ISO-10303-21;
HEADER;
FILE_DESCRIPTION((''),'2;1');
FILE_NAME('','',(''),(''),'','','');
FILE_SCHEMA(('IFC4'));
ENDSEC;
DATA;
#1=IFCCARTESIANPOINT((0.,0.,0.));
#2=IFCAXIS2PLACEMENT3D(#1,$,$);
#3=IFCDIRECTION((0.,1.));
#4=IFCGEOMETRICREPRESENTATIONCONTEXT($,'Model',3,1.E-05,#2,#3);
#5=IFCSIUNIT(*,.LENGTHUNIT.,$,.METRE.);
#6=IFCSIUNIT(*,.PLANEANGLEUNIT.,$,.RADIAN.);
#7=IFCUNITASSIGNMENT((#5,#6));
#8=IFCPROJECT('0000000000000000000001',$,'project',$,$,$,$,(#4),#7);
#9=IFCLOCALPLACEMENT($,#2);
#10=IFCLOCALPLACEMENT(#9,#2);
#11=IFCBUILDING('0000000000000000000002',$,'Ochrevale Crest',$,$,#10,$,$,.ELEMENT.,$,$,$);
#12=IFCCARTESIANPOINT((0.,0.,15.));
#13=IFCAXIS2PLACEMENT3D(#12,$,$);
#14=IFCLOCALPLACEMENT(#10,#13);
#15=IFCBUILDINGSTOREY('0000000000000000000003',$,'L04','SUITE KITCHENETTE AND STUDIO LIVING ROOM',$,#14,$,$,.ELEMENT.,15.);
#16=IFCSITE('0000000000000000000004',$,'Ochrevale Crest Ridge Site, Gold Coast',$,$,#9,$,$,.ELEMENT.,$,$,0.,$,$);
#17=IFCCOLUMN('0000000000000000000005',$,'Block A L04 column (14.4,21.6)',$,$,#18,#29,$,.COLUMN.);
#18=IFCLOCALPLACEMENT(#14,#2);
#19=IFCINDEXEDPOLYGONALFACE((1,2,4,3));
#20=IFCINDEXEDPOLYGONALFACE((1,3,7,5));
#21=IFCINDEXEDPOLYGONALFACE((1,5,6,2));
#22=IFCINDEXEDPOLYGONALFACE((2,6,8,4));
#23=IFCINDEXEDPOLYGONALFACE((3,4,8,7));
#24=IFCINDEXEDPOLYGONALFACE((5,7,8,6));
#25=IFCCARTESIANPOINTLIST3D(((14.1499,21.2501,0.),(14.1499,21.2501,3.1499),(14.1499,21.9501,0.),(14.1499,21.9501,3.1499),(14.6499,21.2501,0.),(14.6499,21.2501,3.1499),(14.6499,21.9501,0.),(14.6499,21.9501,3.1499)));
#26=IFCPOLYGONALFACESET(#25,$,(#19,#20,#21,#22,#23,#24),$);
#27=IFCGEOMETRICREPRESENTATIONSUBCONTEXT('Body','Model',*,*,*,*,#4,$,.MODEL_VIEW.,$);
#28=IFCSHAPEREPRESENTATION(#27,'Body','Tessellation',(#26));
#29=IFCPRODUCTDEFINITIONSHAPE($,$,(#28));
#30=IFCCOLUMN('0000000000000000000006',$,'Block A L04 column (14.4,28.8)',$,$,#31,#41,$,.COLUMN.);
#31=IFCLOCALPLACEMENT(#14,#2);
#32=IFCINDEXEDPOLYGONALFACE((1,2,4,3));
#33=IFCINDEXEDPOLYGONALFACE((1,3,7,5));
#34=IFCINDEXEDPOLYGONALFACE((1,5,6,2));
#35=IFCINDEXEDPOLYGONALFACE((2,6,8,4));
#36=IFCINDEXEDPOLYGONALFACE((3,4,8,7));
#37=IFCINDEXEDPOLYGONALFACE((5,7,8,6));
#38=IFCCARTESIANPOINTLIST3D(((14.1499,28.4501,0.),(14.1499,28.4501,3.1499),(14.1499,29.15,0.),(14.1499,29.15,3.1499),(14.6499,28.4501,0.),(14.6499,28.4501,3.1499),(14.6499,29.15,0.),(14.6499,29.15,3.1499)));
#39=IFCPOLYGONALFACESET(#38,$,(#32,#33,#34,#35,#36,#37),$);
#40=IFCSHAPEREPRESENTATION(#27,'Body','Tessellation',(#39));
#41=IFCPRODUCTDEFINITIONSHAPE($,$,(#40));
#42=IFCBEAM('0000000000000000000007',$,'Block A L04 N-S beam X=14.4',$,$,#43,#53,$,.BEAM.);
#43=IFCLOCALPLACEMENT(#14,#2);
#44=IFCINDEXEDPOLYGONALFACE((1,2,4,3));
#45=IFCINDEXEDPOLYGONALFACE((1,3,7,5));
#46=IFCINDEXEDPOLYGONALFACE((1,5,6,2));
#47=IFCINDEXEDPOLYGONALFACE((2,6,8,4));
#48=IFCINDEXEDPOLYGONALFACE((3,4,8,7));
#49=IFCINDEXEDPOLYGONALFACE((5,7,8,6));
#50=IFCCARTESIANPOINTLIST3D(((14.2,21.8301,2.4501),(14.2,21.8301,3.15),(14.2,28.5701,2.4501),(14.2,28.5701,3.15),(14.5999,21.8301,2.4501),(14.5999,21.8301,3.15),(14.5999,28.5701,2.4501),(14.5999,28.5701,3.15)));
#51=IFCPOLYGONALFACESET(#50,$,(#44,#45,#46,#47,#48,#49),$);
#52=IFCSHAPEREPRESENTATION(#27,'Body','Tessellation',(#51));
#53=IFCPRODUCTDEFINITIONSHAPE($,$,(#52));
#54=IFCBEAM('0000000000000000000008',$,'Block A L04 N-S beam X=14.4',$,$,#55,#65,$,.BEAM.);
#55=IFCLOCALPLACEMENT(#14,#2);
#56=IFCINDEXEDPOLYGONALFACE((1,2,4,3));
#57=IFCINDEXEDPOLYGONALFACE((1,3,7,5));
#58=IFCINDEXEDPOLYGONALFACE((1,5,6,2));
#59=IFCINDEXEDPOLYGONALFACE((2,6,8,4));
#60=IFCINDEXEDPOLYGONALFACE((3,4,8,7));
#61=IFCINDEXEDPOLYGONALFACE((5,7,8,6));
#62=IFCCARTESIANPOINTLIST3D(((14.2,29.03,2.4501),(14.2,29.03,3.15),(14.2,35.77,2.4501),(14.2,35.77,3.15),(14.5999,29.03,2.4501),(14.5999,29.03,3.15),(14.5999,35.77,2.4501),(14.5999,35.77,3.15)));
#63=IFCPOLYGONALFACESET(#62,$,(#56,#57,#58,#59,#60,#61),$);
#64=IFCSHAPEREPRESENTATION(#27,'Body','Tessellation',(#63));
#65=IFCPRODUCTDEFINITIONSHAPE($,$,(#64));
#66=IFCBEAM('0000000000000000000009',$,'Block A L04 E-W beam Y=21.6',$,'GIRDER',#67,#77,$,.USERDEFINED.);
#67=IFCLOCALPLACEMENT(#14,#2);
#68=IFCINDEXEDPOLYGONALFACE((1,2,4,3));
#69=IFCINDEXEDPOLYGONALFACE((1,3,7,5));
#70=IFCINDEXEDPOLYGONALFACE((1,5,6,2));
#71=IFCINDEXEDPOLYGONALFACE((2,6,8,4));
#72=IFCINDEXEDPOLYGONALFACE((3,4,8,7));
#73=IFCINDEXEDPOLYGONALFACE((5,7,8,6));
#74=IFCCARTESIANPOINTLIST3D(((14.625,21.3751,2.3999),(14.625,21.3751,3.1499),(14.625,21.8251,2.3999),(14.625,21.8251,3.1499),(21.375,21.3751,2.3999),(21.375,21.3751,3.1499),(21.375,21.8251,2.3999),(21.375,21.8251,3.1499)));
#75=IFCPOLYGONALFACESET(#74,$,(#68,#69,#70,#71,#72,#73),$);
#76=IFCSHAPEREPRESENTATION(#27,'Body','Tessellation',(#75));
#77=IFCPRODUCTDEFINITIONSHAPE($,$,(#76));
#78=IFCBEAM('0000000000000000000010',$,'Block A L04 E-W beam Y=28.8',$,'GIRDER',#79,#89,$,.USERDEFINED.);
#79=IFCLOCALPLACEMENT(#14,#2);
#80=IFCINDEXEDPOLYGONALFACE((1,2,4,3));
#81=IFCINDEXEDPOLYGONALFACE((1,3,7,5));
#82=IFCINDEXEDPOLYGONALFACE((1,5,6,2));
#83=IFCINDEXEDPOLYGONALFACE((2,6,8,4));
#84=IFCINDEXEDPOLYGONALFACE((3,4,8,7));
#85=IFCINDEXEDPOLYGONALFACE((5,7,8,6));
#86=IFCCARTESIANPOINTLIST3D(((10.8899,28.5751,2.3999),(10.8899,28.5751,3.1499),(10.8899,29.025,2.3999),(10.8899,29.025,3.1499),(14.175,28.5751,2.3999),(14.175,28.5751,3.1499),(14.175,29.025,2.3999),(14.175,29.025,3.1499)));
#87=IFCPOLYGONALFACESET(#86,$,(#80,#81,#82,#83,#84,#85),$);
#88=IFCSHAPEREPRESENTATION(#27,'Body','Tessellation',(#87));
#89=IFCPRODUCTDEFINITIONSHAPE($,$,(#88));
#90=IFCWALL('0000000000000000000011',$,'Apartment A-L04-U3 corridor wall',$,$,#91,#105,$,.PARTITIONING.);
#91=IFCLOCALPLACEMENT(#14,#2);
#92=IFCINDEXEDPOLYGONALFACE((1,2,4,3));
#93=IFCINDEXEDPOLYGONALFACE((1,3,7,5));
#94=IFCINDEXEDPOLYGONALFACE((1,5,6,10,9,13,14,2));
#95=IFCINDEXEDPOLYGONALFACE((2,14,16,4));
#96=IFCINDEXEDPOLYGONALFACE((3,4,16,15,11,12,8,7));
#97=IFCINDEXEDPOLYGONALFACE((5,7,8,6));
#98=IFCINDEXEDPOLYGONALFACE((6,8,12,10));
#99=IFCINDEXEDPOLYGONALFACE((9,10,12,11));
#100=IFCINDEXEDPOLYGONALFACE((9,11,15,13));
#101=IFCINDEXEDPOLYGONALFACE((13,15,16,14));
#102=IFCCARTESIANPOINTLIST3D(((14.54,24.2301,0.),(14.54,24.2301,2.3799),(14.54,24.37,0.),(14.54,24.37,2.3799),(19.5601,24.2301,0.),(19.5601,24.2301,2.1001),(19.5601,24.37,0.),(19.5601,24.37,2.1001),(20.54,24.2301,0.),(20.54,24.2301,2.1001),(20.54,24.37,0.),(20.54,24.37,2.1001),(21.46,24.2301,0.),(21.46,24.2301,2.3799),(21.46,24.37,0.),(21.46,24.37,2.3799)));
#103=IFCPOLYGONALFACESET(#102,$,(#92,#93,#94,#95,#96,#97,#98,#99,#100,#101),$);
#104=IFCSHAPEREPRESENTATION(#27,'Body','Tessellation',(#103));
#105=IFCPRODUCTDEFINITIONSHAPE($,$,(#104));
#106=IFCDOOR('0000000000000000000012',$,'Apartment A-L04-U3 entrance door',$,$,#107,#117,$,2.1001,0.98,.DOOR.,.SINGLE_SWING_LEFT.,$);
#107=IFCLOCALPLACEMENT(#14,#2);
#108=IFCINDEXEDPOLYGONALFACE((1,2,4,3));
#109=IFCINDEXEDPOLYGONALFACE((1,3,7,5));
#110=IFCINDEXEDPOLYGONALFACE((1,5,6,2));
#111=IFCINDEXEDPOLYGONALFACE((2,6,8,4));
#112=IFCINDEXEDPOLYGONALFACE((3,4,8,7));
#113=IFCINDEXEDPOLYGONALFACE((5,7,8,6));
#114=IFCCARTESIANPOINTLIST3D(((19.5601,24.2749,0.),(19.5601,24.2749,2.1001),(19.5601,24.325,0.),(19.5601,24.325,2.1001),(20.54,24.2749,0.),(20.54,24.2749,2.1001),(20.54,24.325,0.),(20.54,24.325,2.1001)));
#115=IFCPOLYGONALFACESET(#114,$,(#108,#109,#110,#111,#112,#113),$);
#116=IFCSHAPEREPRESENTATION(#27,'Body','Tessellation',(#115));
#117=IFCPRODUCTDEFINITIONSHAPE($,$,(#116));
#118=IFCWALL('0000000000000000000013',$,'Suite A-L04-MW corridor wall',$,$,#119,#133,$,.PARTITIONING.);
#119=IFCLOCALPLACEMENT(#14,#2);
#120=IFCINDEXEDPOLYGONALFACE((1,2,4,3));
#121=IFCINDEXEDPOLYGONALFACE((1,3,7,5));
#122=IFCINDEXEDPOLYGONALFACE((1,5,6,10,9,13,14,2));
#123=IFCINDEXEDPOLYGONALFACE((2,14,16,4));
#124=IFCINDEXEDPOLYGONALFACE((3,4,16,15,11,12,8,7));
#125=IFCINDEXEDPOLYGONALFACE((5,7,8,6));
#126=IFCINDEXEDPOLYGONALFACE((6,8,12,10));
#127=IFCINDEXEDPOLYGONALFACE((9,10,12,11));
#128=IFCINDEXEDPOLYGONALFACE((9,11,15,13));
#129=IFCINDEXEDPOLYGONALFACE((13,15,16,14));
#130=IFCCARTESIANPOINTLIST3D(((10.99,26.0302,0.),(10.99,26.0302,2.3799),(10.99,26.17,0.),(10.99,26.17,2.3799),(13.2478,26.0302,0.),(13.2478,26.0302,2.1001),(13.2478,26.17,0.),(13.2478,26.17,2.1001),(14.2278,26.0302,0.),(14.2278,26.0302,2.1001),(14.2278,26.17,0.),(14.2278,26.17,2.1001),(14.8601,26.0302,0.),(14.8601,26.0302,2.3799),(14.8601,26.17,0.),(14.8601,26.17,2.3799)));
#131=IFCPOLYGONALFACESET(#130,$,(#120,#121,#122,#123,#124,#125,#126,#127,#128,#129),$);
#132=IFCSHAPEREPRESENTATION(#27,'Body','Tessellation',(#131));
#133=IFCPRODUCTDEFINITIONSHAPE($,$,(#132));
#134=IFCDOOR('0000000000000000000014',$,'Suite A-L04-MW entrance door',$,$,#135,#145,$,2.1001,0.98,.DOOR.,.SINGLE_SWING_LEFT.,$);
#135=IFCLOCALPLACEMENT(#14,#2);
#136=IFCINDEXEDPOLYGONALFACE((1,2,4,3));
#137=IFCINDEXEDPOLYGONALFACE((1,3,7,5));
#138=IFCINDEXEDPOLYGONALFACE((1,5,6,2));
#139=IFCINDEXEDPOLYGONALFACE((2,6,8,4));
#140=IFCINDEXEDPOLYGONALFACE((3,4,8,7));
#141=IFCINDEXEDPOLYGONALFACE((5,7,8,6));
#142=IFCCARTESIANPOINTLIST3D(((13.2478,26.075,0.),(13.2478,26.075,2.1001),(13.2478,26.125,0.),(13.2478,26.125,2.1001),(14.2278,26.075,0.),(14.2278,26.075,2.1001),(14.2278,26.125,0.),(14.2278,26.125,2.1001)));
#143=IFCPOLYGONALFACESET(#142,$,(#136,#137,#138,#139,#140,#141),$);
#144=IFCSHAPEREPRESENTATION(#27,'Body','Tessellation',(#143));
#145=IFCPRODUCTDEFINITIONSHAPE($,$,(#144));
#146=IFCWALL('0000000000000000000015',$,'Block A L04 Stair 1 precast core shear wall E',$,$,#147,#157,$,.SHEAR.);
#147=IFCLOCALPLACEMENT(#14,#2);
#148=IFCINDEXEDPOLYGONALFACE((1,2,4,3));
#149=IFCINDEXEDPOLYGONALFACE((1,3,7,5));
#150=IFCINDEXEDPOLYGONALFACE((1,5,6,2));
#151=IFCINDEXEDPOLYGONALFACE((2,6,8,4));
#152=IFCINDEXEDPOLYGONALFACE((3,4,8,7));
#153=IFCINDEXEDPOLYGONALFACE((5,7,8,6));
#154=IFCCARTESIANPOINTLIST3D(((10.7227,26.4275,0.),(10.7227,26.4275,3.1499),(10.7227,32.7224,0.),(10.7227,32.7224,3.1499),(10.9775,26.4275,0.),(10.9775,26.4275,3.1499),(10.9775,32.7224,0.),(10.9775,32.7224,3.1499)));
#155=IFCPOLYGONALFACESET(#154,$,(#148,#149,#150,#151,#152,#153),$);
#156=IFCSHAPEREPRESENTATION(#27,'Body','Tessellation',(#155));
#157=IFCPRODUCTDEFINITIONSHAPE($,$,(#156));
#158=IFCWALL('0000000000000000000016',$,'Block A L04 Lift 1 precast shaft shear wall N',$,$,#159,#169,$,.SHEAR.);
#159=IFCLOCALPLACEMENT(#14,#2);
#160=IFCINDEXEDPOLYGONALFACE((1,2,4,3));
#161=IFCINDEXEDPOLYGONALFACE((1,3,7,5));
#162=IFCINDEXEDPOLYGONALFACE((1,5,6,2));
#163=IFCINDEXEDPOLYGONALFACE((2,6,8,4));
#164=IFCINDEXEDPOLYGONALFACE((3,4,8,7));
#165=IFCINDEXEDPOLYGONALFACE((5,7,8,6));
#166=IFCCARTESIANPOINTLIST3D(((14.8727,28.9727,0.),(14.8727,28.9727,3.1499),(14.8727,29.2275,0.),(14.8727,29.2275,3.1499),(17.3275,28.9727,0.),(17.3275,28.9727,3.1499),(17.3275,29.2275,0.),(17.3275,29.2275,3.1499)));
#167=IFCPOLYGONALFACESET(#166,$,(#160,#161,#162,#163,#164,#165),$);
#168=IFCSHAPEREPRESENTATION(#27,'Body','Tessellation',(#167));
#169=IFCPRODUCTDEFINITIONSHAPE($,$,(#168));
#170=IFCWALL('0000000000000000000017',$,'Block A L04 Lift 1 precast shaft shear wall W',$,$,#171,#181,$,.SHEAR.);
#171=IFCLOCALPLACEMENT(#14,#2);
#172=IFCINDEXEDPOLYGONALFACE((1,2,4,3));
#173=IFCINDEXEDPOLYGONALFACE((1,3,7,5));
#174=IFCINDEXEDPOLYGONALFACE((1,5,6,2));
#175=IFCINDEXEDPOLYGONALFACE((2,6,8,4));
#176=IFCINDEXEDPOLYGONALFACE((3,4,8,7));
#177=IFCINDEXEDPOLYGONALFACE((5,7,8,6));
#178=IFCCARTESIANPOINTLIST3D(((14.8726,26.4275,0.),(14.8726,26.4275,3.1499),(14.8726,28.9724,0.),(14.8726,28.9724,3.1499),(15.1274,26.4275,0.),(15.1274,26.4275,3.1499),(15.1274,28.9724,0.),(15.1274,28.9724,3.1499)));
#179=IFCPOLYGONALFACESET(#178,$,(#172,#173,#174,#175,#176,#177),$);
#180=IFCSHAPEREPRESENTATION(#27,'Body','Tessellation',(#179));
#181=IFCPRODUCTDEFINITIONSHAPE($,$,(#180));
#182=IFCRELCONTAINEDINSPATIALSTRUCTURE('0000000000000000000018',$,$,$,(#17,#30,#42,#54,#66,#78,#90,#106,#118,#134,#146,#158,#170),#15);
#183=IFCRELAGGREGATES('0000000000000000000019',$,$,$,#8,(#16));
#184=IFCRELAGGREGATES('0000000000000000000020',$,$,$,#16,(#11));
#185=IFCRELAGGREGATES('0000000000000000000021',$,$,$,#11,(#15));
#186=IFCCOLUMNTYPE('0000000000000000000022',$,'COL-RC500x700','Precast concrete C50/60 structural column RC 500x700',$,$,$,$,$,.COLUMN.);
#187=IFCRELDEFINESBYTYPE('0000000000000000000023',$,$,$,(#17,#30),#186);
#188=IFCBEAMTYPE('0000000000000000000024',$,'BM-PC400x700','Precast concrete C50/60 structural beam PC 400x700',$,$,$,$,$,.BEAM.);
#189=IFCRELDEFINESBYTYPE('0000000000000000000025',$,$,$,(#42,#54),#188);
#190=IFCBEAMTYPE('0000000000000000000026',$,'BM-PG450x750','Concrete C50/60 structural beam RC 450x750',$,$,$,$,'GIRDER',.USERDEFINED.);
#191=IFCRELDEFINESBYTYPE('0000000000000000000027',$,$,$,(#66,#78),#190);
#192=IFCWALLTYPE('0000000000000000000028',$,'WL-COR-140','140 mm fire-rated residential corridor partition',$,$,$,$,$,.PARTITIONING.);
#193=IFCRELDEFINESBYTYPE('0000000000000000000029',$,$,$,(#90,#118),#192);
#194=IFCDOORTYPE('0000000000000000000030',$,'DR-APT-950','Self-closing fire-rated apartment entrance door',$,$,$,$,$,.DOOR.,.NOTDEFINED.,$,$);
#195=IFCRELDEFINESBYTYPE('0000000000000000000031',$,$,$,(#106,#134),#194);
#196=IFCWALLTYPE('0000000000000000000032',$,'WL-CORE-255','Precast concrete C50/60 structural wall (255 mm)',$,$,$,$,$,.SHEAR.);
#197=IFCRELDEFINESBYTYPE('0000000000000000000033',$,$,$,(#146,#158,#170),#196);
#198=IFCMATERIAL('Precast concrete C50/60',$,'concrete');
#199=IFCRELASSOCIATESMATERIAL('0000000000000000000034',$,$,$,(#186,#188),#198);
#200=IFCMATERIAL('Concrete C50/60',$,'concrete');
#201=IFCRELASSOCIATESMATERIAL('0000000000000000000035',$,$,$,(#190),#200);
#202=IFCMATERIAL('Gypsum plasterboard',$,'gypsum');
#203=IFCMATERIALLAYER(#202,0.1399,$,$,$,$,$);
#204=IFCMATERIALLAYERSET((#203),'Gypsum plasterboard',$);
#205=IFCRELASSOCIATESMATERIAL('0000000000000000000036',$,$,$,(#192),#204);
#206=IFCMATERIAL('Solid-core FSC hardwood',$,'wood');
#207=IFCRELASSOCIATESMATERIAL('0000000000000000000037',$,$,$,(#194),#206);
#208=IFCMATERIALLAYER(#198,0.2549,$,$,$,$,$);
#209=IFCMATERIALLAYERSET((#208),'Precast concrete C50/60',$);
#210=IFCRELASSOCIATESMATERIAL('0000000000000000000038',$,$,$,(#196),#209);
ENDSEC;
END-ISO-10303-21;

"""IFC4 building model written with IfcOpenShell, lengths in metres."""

from ifc_helpers import new_model, si_unit, direction, frame, frame_2d, origin, origin_2d, place, context, subcontext, project, spatial, rectangle, extrude, material, layer, layer_set, material_profile, profile_set, type_object, element, fill, save


model = new_model("IFC4")

# Units and contexts
model_context = context("Model", 3, precision=1e-05, world=origin(), true_north=direction((0.0, 1.0)))
body_context = subcontext(model_context, "Body", "Model", "MODEL_VIEW")
ifc_project = project(units=[si_unit("LENGTHUNIT", "METRE"), si_unit("PLANEANGLEUNIT", "RADIAN")], contexts=[model_context])

# Site, building, storey
site_placement = place(None, origin())
site = spatial("IfcSite", under=ifc_project, at=site_placement, Name="Ochrevale Crest Ridge Site, Gold Coast", CompositionType="ELEMENT", RefElevation=0.0)
building_placement = place(site_placement, origin())
building = spatial("IfcBuilding", under=site, at=building_placement, Name="Ochrevale Crest", CompositionType="ELEMENT")
storey_placement = place(building_placement, frame((0.0, 0.0, 15.0)))
storey = spatial("IfcBuildingStorey", under=building, at=storey_placement, Name="L04", Description="SUITE KITCHENETTE AND STUDIO LIVING ROOM", CompositionType="ELEMENT", Elevation=15.0)

# Columns
ifc_material_1 = material(Name="Precast concrete C50/60", Category="concrete")
ifc_material_profile_1 = material_profile(ifc_material_1, rectangle(XDim=0.5, YDim=0.7, at=origin_2d()), Name="RC 500x700")
ifc_profile_set_1 = profile_set([ifc_material_profile_1], Name="Precast concrete C50/60")
column_type = type_object("IfcColumnType", Name="COL-RC500x700", Description="Precast concrete C50/60 structural column RC 500x700", PredefinedType="COLUMN", material=ifc_profile_set_1)
for number, where, z_axis, x_axis, name in (
    (1, (14.3999, 21.6001, 0.0), (0.0, 0.0, 1.0), (1.0, 0.0, 0.0), "Block A L04 column (14.4,21.6)"),
    (2, (14.3999, 28.8, 0.0), (0.0, 0.0, 1.0), (1.0, 0.0, 0.0), "Block A L04 column (14.4,28.8)"),
):
    element("IfcColumn", number, at=place(storey_placement, frame(where, z_axis=z_axis, x_axis=x_axis)), inside=storey, type_object=column_type, Name=name, PredefinedType="COLUMN", context=body_context, shape_type="SweptSolid", body=[
        extrude(rectangle(XDim=0.5, YDim=0.7, at=origin_2d()), origin(), (0.0, 0.0, 1.0), 3.1499),
    ])

# Beams
ifc_material_profile_2 = material_profile(ifc_material_1, rectangle(XDim=0.3999, YDim=0.7, at=origin_2d()), Name="PC 400x700")
ifc_profile_set_2 = profile_set([ifc_material_profile_2], Name="Precast concrete C50/60")
beam_type_1 = type_object("IfcBeamType", Name="BM-PC400x700", Description="Precast concrete C50/60 structural beam PC 400x700", PredefinedType="BEAM", material=ifc_profile_set_2)
for number, where, z_axis, x_axis, name in (
    (3, (14.3999, 21.8301, 2.8), (0.0, 1.0, 0.0), (-1.0, 0.0, 0.0), "Block A L04 N-S beam X=14.4"),
    (4, (14.3999, 29.03, 2.8), (0.0, 1.0, 0.0), (-1.0, 0.0, 0.0), "Block A L04 N-S beam X=14.4"),
):
    element("IfcBeam", number, at=place(storey_placement, frame(where, z_axis=z_axis, x_axis=x_axis)), inside=storey, type_object=beam_type_1, Name=name, PredefinedType="BEAM", context=body_context, shape_type="SweptSolid", body=[
        extrude(rectangle(XDim=0.3999, YDim=0.7, at=origin_2d()), origin(), (0.0, 0.0, 1.0), 6.74),
    ])
ifc_material_2 = material(Name="Concrete C50/60", Category="concrete")
ifc_material_profile_3 = material_profile(ifc_material_2, rectangle(XDim=0.45, YDim=0.75, at=origin_2d()), Name="RC 450x750")
ifc_profile_set_3 = profile_set([ifc_material_profile_3], Name="Concrete C50/60")
beam_type_2 = type_object("IfcBeamType", Name="BM-PG450x750", Description="Concrete C50/60 structural beam RC 450x750", ElementType="GIRDER", PredefinedType="USERDEFINED", material=ifc_profile_set_3)
beam_1_placement = place(storey_placement, frame((14.625, 21.6001, 2.7749), z_axis=(1.0, 0.0, 0.0), x_axis=(0.0, 1.0, 0.0)))
element("IfcBeam", 5, at=beam_1_placement, inside=storey, type_object=beam_type_2, Name="Block A L04 E-W beam Y=21.6", ObjectType="GIRDER", PredefinedType="USERDEFINED", context=body_context, shape_type="SweptSolid", body=[
    extrude(rectangle(XDim=0.45, YDim=0.75, at=origin_2d()), origin(), (0.0, 0.0, 1.0), 6.75),
])
beam_2_placement = place(storey_placement, frame((10.8899, 28.8, 2.7749), z_axis=(1.0, 0.0, 0.0), x_axis=(0.0, 1.0, 0.0)))
element("IfcBeam", 6, at=beam_2_placement, inside=storey, type_object=beam_type_2, Name="Block A L04 E-W beam Y=28.8", ObjectType="GIRDER", PredefinedType="USERDEFINED", context=body_context, shape_type="SweptSolid", body=[
    extrude(rectangle(XDim=0.45, YDim=0.75, at=origin_2d()), origin(), (0.0, 0.0, 1.0), 3.2852),
])

# Walls, openings, doors
ifc_material_3 = material(Name="Gypsum plasterboard", Category="gypsum")
ifc_layer_1 = layer(ifc_material_3, 0.1399)
ifc_layer_set_1 = layer_set([ifc_layer_1], Name="Gypsum plasterboard")
wall_type_1 = type_object("IfcWallType", Name="WL-COR-140", Description="140 mm fire-rated residential corridor partition", PredefinedType="PARTITIONING", material=ifc_layer_set_1)
wall_1_placement = place(storey_placement, frame((14.54, 24.3, 0.0), z_axis=(0.0, 0.0, 1.0), x_axis=(1.0, 0.0, 0.0)))
wall_1 = element("IfcWall", 7, at=wall_1_placement, inside=storey, type_object=wall_type_1, Name="Apartment A-L04-U3 corridor wall", PredefinedType="PARTITIONING", context=body_context, shape_type="SweptSolid", body=[
    extrude(rectangle(XDim=6.9199, YDim=0.1399, at=frame_2d((3.46, 0.0))), origin(), (0.0, 0.0, 1.0), 2.3799),
])
opening_1_placement = place(wall_1_placement, frame((5.02, 0.0, 0.0)))
opening_1 = element("IfcOpeningElement", 8, at=opening_1_placement, cuts=wall_1, PredefinedType="OPENING", context=body_context, shape_type="SweptSolid", body=[
    extrude(rectangle(XDim=0.98, YDim=2.1001, at=frame_2d((0.49, 1.05))), frame((0.0, 0.0801, 0.0), z_axis=(0.0, -1.0, 0.0), x_axis=(1.0, 0.0, 0.0)), (0.0, 0.0, 1.0), 0.1599),
])
ifc_material_4 = material(Name="Solid-core FSC hardwood", Category="wood")
door_type_1 = type_object("IfcDoorType", Name="DR-APT-950", Description="Self-closing fire-rated apartment entrance door", OperationType="NOTDEFINED", PredefinedType="DOOR", material=ifc_material_4)
door_1_placement = place(opening_1_placement, origin())
door_1 = element("IfcDoor", 9, at=door_1_placement, inside=storey, type_object=door_type_1, Name="Apartment A-L04-U3 entrance door", OperationType="SINGLE_SWING_LEFT", OverallHeight=2.1001, OverallWidth=0.98, PredefinedType="DOOR", context=body_context, shape_type="SweptSolid", body=[
    extrude(rectangle(XDim=0.98, YDim=2.1001, at=frame_2d((0.49, 1.05))), frame((0.0, 0.0249, 0.0), z_axis=(0.0, -1.0, 0.0), x_axis=(1.0, 0.0, 0.0)), (0.0, 0.0, 1.0), 0.05),
])
fill(opening_1, door_1)
wall_2_placement = place(storey_placement, frame((10.99, 26.1001, 0.0), z_axis=(0.0, 0.0, 1.0), x_axis=(1.0, 0.0, 0.0)))
wall_2 = element("IfcWall", 10, at=wall_2_placement, inside=storey, type_object=wall_type_1, Name="Suite A-L04-MW corridor wall", PredefinedType="PARTITIONING", context=body_context, shape_type="SweptSolid", body=[
    extrude(rectangle(XDim=3.8701, YDim=0.1399, at=frame_2d((1.9351, 0.0))), origin(), (0.0, 0.0, 1.0), 2.3799),
])
opening_2_placement = place(wall_2_placement, frame((2.2578, 0.0, 0.0)))
opening_2 = element("IfcOpeningElement", 11, at=opening_2_placement, cuts=wall_2, PredefinedType="OPENING", context=body_context, shape_type="SweptSolid", body=[
    extrude(rectangle(XDim=0.98, YDim=2.1001, at=frame_2d((0.49, 1.05))), frame((0.0, 0.0801, 0.0), z_axis=(0.0, -1.0, 0.0), x_axis=(1.0, 0.0, 0.0)), (0.0, 0.0, 1.0), 0.1599),
])
door_2_placement = place(opening_2_placement, origin())
door_2 = element("IfcDoor", 12, at=door_2_placement, inside=storey, type_object=door_type_1, Name="Suite A-L04-MW entrance door", OperationType="SINGLE_SWING_LEFT", OverallHeight=2.1001, OverallWidth=0.98, PredefinedType="DOOR", context=body_context, shape_type="SweptSolid", body=[
    extrude(rectangle(XDim=0.98, YDim=2.1001, at=frame_2d((0.49, 1.05))), frame((0.0, 0.0249, 0.0), z_axis=(0.0, -1.0, 0.0), x_axis=(1.0, 0.0, 0.0)), (0.0, 0.0, 1.0), 0.05),
])
fill(opening_2, door_2)

# Wall
ifc_layer_2 = layer(ifc_material_1, 0.2549)
ifc_layer_set_2 = layer_set([ifc_layer_2], Name="Precast concrete C50/60")
wall_type_2 = type_object("IfcWallType", Name="WL-CORE-255", Description="Precast concrete C50/60 structural wall (255 mm)", PredefinedType="SHEAR", material=ifc_layer_set_2)
wall_3_placement = place(storey_placement, frame((10.8501, 26.4275, 0.0), z_axis=(0.0, 0.0, 1.0), x_axis=(0.0, 1.0, 0.0)))
element("IfcWall", 13, at=wall_3_placement, inside=storey, type_object=wall_type_2, Name="Block A L04 Stair 1 precast core shear wall E", PredefinedType="SHEAR", context=body_context, shape_type="SweptSolid", body=[
    extrude(rectangle(XDim=6.2949, YDim=0.2549, at=frame_2d((3.1475, 0.0))), origin(), (0.0, 0.0, 1.0), 3.1499),
])

# Walls
wall_4_placement = place(storey_placement, frame((14.8726, 29.1001, 0.0), z_axis=(0.0, 0.0, 1.0), x_axis=(1.0, 0.0, 0.0)))
element("IfcWall", 14, at=wall_4_placement, inside=storey, type_object=wall_type_2, Name="Block A L04 Lift 1 precast shaft shear wall N", PredefinedType="SHEAR", context=body_context, shape_type="SweptSolid", body=[
    extrude(rectangle(XDim=2.4548, YDim=0.2549, at=frame_2d((1.2275, 0.0))), origin(), (0.0, 0.0, 1.0), 3.1499),
])
wall_5_placement = place(storey_placement, frame((15.0, 26.4275, 0.0), z_axis=(0.0, 0.0, 1.0), x_axis=(0.0, 1.0, 0.0)))
element("IfcWall", 15, at=wall_5_placement, inside=storey, type_object=wall_type_2, Name="Block A L04 Lift 1 precast shaft shear wall W", PredefinedType="SHEAR", context=body_context, shape_type="SweptSolid", body=[
    extrude(rectangle(XDim=2.5449, YDim=0.2549, at=frame_2d((1.2725, 0.0))), origin(), (0.0, 0.0, 1.0), 3.1499),
])

save(model, "model.ifc")
